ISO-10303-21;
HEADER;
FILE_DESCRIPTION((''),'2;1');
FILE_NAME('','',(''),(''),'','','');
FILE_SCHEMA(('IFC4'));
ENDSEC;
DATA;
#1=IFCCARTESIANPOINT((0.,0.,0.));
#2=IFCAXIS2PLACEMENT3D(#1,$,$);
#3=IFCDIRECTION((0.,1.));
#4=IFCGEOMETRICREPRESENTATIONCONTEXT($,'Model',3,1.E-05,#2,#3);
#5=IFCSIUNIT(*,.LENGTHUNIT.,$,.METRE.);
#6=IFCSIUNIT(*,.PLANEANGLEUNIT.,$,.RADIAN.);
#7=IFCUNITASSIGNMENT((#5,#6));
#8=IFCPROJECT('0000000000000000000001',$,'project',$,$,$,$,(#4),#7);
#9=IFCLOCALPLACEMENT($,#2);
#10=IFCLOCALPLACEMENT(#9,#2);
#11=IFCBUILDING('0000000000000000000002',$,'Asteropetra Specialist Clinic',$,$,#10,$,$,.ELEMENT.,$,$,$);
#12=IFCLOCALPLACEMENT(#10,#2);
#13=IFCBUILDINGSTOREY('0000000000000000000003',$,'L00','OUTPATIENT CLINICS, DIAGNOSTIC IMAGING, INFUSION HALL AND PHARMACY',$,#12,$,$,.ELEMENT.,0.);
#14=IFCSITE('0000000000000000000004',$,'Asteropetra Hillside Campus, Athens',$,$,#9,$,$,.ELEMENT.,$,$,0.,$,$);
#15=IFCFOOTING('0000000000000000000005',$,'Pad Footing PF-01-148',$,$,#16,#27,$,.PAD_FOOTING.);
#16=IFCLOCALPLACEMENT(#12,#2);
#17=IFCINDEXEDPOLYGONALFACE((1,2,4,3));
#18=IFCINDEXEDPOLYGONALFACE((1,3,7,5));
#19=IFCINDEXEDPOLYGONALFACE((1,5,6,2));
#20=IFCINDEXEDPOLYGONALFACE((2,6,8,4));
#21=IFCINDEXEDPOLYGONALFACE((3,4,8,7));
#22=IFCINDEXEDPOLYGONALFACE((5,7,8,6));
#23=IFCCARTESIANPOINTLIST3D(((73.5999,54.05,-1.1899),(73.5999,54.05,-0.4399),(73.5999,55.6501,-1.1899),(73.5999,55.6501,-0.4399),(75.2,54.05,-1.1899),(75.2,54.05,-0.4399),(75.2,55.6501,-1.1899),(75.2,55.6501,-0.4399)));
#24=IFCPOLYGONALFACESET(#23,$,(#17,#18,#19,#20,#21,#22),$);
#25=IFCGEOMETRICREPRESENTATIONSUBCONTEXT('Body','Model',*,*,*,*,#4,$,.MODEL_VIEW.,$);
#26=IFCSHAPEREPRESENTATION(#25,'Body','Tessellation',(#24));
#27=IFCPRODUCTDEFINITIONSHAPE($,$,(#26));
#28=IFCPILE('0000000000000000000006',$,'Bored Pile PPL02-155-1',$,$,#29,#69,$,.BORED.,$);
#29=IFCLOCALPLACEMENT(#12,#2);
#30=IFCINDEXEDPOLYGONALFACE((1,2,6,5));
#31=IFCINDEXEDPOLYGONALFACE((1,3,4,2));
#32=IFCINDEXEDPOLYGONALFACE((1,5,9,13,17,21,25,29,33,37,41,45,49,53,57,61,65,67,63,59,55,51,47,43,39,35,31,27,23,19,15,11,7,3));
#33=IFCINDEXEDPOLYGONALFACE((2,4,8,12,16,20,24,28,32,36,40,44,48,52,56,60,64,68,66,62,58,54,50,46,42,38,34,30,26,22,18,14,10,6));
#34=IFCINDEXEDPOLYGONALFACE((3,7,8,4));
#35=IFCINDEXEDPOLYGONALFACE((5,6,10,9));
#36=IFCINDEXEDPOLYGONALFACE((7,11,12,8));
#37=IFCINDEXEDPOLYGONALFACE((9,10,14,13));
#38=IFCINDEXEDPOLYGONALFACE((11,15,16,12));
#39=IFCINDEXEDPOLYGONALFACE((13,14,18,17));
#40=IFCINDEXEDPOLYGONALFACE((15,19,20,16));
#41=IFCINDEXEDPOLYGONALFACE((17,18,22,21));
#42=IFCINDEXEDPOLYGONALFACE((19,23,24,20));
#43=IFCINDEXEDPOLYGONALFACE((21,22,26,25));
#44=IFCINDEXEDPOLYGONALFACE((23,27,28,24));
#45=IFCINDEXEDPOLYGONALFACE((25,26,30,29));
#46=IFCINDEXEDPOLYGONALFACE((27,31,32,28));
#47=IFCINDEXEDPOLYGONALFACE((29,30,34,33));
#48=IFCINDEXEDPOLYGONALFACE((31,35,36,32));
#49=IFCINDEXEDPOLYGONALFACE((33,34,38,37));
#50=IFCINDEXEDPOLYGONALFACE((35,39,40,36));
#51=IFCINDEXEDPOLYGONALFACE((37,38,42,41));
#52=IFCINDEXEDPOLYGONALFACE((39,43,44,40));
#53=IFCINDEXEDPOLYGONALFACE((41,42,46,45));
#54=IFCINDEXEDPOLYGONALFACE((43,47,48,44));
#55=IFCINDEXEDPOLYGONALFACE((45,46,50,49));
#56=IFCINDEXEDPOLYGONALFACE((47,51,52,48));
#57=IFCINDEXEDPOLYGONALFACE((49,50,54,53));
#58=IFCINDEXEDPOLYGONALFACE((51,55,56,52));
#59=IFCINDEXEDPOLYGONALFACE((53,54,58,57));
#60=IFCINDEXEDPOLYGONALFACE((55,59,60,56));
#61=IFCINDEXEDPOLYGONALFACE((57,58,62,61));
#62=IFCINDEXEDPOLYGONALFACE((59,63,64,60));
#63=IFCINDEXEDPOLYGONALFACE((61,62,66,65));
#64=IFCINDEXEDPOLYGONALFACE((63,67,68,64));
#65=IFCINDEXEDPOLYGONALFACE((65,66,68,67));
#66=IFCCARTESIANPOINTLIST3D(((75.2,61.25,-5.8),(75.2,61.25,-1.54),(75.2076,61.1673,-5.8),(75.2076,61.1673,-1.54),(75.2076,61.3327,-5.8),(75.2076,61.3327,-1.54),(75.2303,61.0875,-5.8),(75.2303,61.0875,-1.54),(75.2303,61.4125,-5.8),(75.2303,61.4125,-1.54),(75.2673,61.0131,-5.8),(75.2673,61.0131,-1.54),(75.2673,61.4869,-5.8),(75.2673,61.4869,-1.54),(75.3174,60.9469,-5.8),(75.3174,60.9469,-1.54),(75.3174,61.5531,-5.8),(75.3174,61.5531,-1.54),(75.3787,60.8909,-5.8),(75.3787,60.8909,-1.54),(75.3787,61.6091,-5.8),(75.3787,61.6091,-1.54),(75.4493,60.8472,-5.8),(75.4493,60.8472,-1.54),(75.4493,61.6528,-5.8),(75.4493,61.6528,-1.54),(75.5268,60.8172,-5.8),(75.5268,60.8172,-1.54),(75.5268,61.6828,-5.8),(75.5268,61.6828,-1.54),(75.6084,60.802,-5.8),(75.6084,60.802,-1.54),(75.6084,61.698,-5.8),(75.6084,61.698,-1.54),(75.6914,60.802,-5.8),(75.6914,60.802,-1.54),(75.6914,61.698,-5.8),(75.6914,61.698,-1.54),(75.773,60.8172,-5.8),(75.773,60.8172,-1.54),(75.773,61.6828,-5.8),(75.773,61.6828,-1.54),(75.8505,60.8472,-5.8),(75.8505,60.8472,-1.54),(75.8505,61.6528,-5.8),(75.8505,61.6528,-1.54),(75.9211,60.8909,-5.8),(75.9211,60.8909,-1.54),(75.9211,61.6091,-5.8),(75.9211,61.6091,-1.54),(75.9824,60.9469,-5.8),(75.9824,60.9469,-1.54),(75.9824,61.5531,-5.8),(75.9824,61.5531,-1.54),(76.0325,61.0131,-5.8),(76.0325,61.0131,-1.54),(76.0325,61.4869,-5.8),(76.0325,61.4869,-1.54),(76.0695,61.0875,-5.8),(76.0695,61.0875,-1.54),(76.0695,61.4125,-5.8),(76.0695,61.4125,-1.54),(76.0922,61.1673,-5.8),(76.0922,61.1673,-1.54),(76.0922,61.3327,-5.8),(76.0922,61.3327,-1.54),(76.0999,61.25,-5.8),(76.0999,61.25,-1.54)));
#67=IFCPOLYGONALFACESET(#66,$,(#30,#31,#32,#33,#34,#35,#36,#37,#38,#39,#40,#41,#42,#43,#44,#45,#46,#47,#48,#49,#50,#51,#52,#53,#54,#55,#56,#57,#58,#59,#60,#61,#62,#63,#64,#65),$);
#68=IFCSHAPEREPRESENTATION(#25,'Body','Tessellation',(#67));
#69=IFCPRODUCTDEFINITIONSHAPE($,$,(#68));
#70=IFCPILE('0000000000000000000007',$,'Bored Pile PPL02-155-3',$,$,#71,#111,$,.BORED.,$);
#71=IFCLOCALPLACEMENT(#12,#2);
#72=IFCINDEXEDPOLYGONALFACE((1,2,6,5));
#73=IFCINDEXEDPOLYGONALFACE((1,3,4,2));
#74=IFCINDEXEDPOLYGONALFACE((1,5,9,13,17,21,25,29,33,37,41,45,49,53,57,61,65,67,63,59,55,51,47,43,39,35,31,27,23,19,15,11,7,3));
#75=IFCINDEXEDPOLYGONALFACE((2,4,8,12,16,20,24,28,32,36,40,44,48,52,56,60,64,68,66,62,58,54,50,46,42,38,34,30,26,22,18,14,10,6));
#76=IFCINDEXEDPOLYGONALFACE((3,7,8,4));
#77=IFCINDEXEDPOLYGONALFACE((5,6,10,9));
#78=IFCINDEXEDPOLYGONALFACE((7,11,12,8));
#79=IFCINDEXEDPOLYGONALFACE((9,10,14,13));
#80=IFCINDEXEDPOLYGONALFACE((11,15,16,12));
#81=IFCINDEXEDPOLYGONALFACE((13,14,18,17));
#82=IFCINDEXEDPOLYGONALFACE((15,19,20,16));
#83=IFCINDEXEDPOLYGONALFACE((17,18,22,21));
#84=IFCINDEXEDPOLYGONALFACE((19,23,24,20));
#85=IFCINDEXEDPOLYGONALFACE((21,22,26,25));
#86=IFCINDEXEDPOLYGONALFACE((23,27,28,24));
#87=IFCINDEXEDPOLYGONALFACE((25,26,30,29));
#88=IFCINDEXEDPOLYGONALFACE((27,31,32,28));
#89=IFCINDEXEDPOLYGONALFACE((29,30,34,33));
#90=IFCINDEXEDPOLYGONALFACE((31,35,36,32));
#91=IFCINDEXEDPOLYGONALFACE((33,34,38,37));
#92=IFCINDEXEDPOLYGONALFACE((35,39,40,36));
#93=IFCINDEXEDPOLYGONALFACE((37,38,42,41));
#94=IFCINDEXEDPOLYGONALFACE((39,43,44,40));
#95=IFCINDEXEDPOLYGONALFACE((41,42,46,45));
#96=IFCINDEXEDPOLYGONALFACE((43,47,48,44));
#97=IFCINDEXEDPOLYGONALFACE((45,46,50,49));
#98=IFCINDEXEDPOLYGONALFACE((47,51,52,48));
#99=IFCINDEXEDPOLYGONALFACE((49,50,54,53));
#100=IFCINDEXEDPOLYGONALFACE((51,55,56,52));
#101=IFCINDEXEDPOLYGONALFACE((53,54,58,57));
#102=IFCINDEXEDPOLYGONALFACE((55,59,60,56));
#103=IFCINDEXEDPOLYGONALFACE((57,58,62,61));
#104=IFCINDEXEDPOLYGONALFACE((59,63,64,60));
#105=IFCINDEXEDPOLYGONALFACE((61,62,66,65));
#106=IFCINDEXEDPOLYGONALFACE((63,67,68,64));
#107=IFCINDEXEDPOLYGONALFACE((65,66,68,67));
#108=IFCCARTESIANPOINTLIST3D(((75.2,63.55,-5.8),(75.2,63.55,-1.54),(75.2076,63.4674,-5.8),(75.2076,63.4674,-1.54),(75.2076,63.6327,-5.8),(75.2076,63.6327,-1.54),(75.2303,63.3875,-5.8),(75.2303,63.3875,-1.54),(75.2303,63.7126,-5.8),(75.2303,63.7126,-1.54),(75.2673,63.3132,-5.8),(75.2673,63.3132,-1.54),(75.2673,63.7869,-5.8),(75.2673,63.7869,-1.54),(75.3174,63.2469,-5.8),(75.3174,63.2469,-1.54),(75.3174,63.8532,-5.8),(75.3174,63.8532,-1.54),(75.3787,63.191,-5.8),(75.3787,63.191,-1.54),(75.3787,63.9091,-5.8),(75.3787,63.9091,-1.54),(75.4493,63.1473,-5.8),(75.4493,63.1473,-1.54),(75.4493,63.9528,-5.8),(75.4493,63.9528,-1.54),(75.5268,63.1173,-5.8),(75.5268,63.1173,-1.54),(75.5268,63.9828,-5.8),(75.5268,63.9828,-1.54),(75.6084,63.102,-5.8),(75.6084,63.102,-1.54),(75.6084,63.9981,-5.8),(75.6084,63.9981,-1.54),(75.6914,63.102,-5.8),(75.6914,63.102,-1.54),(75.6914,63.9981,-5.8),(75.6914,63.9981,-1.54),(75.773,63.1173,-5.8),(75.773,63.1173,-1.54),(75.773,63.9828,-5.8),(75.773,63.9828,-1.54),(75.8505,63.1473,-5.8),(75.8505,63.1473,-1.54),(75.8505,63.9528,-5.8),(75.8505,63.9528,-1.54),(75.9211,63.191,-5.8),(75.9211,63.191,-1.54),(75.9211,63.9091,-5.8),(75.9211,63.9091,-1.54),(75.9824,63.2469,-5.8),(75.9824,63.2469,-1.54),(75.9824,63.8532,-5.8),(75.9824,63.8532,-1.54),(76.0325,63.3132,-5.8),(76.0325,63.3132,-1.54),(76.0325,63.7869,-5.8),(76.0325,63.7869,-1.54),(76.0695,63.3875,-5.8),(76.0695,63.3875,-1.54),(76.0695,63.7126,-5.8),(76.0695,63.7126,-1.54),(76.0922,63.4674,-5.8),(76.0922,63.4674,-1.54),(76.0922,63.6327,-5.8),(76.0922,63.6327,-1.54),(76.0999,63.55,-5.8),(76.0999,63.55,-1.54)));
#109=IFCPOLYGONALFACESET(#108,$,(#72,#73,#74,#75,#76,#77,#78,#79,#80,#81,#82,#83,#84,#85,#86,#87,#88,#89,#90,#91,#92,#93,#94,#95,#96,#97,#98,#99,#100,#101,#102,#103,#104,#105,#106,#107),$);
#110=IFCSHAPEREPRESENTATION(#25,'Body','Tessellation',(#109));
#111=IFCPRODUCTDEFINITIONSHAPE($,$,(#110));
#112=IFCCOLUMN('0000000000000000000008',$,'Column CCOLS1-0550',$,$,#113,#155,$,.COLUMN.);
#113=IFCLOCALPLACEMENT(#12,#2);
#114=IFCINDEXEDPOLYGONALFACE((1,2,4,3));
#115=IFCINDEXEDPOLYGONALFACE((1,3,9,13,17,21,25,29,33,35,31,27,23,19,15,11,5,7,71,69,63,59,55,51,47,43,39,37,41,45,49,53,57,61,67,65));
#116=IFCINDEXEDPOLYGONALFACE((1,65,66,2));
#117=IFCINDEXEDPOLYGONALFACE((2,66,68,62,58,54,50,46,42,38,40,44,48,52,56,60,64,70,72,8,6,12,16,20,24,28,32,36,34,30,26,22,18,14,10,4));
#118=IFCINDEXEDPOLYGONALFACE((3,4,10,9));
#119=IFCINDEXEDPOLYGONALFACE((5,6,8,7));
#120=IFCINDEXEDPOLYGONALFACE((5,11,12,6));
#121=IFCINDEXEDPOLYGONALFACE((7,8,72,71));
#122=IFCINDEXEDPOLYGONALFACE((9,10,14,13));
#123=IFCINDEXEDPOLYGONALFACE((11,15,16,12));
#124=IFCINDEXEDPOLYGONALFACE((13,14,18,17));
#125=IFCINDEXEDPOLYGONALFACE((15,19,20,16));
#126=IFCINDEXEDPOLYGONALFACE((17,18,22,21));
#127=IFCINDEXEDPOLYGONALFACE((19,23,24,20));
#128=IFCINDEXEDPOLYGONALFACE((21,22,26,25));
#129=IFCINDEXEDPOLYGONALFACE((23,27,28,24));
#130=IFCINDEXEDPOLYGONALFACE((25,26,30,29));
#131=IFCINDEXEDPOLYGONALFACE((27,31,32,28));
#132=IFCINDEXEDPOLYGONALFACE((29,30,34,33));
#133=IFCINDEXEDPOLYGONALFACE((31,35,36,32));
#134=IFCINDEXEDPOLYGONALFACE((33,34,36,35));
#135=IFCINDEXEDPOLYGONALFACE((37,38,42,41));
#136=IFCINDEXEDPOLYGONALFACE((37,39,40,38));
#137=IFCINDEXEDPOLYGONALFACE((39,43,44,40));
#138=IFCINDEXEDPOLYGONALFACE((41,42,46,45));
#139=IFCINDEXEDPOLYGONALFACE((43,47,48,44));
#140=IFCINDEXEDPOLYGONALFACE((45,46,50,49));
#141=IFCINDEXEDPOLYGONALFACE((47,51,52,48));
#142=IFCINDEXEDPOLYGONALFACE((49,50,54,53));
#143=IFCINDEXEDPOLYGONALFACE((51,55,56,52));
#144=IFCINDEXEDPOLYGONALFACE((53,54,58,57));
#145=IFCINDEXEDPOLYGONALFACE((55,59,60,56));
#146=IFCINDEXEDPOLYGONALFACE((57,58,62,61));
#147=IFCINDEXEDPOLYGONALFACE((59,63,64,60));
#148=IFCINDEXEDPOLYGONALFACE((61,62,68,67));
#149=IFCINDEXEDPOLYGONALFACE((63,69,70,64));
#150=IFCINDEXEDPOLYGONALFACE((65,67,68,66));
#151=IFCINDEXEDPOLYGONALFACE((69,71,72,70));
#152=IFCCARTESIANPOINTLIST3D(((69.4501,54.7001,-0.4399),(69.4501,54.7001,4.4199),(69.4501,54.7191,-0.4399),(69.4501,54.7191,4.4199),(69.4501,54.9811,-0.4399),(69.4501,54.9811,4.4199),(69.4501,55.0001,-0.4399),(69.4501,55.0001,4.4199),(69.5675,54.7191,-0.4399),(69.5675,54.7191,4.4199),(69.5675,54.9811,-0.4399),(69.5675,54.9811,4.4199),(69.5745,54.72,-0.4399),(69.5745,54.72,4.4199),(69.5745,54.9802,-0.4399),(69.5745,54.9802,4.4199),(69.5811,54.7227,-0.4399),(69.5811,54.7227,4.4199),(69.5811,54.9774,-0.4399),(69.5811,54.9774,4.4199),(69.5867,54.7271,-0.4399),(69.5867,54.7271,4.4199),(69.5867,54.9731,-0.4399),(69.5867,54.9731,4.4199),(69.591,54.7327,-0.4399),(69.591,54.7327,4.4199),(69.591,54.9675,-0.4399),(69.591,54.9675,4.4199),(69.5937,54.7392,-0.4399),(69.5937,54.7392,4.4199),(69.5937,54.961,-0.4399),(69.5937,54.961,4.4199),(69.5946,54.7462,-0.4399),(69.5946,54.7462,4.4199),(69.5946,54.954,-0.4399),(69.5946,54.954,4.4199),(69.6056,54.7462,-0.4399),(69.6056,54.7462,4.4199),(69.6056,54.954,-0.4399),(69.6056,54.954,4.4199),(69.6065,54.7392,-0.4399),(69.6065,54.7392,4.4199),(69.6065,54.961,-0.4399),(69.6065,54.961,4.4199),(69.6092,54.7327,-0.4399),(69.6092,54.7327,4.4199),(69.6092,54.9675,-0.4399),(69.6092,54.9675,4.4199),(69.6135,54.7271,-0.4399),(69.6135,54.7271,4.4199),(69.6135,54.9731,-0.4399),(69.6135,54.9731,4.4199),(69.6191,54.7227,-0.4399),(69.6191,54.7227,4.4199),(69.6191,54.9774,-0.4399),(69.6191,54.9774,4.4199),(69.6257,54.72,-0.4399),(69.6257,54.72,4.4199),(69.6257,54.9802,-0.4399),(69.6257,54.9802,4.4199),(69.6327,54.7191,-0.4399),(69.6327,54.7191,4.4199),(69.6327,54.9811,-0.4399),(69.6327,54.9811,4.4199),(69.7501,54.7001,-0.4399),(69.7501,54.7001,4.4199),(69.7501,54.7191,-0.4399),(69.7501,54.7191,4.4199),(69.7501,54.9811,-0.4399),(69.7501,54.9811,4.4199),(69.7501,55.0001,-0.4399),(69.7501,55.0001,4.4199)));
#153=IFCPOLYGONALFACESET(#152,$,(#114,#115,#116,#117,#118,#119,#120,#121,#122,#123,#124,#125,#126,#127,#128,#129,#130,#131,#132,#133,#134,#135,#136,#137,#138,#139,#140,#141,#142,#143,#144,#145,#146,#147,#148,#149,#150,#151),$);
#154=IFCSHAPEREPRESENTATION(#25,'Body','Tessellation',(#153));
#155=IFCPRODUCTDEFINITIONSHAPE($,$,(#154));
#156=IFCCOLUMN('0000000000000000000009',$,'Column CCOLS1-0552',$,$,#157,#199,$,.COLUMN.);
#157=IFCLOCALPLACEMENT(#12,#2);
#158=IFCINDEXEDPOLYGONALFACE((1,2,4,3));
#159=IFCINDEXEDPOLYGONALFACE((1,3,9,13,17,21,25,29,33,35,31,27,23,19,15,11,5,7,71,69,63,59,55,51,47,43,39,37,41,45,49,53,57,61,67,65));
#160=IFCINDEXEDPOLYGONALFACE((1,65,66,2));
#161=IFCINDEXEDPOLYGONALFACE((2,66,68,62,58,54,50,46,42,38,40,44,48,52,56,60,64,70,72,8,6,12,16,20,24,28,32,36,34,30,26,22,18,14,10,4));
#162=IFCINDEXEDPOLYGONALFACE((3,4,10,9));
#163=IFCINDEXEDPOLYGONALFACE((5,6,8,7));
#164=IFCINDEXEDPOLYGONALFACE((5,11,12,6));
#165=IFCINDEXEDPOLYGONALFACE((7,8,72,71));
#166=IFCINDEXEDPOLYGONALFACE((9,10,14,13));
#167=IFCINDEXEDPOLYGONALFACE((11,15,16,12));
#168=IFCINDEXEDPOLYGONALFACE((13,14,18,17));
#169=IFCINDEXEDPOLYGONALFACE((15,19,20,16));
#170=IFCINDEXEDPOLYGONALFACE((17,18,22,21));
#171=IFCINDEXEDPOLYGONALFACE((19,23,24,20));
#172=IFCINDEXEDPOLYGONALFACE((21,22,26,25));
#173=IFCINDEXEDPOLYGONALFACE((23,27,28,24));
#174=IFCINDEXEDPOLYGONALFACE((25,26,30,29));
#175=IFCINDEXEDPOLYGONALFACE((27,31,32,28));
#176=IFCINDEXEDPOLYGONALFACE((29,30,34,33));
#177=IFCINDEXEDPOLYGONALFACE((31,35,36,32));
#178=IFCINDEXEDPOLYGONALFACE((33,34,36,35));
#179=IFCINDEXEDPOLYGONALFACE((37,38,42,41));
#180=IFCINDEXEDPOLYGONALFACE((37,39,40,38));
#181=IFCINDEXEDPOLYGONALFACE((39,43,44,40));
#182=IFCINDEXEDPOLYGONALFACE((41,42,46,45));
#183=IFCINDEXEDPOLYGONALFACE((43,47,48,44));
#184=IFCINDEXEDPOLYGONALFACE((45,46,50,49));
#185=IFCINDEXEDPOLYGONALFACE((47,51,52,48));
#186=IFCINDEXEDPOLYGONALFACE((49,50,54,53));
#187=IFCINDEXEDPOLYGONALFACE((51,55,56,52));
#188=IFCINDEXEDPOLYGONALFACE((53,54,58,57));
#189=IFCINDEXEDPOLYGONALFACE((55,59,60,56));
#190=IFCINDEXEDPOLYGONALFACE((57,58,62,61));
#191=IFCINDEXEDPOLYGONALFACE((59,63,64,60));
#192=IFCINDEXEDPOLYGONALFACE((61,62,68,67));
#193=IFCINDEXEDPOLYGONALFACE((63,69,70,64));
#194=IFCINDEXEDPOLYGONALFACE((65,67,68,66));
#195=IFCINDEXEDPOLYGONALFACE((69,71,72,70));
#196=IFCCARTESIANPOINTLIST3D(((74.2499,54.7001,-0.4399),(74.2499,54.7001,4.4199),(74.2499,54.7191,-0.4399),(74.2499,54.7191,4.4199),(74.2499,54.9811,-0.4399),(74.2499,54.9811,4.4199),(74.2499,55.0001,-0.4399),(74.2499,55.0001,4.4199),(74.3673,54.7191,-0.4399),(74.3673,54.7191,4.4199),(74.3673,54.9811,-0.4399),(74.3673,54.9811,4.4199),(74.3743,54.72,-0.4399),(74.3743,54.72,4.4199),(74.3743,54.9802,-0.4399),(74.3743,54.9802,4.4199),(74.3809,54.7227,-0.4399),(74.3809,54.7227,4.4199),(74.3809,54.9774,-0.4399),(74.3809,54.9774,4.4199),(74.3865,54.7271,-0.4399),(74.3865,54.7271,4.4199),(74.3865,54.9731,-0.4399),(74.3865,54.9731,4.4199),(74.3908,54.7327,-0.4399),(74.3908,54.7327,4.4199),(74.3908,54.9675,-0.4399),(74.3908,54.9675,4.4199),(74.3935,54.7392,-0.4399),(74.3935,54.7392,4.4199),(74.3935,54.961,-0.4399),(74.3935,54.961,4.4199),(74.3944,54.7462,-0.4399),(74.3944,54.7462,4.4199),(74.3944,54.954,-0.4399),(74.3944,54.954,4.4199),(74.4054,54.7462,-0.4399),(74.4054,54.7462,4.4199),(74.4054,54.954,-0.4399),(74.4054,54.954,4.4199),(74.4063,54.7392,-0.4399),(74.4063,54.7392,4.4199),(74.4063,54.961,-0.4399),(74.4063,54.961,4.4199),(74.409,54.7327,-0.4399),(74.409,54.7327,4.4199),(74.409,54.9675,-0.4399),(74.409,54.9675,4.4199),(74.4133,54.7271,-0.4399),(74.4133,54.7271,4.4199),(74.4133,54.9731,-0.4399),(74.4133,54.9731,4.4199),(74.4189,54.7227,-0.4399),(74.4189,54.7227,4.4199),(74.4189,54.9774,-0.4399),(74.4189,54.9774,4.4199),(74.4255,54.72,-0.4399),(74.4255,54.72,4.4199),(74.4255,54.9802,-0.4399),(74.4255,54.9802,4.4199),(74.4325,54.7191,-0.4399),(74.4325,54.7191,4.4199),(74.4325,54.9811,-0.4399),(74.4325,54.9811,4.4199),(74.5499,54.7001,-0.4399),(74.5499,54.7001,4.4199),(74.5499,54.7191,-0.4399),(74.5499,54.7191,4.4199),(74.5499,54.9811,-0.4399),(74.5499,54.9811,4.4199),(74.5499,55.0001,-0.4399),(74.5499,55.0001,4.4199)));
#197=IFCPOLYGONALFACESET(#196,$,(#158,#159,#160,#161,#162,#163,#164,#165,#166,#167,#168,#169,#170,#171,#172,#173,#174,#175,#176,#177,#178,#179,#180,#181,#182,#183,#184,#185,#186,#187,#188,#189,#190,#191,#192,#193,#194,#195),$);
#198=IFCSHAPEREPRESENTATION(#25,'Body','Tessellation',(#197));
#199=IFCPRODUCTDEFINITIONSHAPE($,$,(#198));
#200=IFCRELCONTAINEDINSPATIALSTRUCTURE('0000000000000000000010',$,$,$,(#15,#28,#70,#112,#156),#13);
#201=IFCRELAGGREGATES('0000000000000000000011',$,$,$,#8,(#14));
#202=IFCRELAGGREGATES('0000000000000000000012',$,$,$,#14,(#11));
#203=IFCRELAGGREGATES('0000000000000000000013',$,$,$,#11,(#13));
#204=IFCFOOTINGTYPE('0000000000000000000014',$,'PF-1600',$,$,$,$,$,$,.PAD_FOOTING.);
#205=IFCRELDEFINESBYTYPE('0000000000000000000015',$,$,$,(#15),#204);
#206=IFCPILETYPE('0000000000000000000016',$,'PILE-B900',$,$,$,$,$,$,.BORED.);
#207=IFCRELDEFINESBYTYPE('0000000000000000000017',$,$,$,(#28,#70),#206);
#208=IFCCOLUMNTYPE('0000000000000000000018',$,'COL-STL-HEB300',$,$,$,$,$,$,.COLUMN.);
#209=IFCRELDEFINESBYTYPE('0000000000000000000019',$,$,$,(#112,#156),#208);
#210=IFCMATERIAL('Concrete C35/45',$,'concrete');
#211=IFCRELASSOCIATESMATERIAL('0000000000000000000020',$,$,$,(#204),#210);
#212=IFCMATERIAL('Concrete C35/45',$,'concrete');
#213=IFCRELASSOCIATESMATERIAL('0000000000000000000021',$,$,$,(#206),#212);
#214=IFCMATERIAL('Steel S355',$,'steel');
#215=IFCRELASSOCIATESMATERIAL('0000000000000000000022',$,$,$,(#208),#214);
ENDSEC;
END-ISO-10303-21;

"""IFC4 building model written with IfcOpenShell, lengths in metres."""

from ifc_helpers import new_model, si_unit, direction, frame, origin, origin_2d, place, context, subcontext, project, spatial, rectangle, circle, i_section, extrude, material, material_profile, profile_set, type_object, element, save


model = new_model("IFC4")

# Units and contexts
model_context = context("Model", 3, precision=1e-05, world=origin(), true_north=direction((0.0, 1.0)))
body_context = subcontext(model_context, "Body", "Model", "MODEL_VIEW")
ifc_project = project(units=[si_unit("LENGTHUNIT", "METRE"), si_unit("PLANEANGLEUNIT", "RADIAN")], contexts=[model_context])

# Site, building, storey
site_placement = place(None, origin())
site = spatial("IfcSite", under=ifc_project, at=site_placement, Name="Asteropetra Hillside Campus, Athens", CompositionType="ELEMENT", RefElevation=0.0)
building_placement = place(site_placement, origin())
building = spatial("IfcBuilding", under=site, at=building_placement, Name="Asteropetra Specialist Clinic", CompositionType="ELEMENT")
storey_placement = place(building_placement, origin())
storey = spatial("IfcBuildingStorey", under=building, at=storey_placement, Name="L00", Description="OUTPATIENT CLINICS, DIAGNOSTIC IMAGING, INFUSION HALL AND PHARMACY", CompositionType="ELEMENT", Elevation=0.0)

# Footing
ifc_material_1 = material(Name="Concrete C35/45", Category="concrete")
footing_type = type_object("IfcFootingType", Name="PF-1600", PredefinedType="PAD_FOOTING", material=ifc_material_1)
footing_placement = place(storey_placement, frame((74.3999, 54.8501, -1.1899), z_axis=(0.0, 0.0, 1.0), x_axis=(1.0, 0.0, 0.0)))
element("IfcFooting", 1, at=footing_placement, inside=storey, type_object=footing_type, Name="Pad Footing PF-01-148", PredefinedType="PAD_FOOTING", context=body_context, shape_type="SweptSolid", body=[
    extrude(rectangle(XDim=1.6001, YDim=1.6001, at=origin_2d()), origin(), (0.0, 0.0, 1.0), 0.75),
])

# Piles
ifc_material_2 = material(Name="Concrete C35/45", Category="concrete")
ifc_material_profile_1 = material_profile(ifc_material_2, circle(Radius=0.45, at=origin_2d()), Name="PILE D900")
ifc_profile_set_1 = profile_set([ifc_material_profile_1], Name="Concrete C35/45")
pile_type = type_object("IfcPileType", Name="PILE-B900", PredefinedType="BORED", material=ifc_profile_set_1)
for number, where, z_axis, x_axis, name in (
    (2, (75.6499, 61.25, -1.54), (0.0, 0.0, -1.0), (1.0, 0.0, 0.0), "Bored Pile PPL02-155-1"),
    (3, (75.6499, 63.55, -1.54), (0.0, 0.0, -1.0), (1.0, 0.0, 0.0), "Bored Pile PPL02-155-3"),
):
    element("IfcPile", number, at=place(storey_placement, frame(where, z_axis=z_axis, x_axis=x_axis)), inside=storey, type_object=pile_type, Name=name, PredefinedType="BORED", context=body_context, shape_type="SweptSolid", body=[
        extrude(circle(Radius=0.45, at=origin_2d()), origin(), (0.0, 0.0, 1.0), 4.26),
    ])

# Columns
ifc_material_3 = material(Name="Steel S355", Category="steel")
ifc_material_profile_2 = material_profile(ifc_material_3, i_section(OverallWidth=0.3, OverallDepth=0.3, WebThickness=0.011, FlangeThickness=0.019, FilletRadius=0.0271, at=origin_2d()), Name="HEB 300")
ifc_profile_set_2 = profile_set([ifc_material_profile_2], Name="Steel S355")
column_type = type_object("IfcColumnType", Name="COL-STL-HEB300", PredefinedType="COLUMN", material=ifc_profile_set_2)
for number, where, z_axis, x_axis, name in (
    (4, (69.6001, 54.8501, -0.4399), (0.0, 0.0, 1.0), (1.0, 0.0, 0.0), "Column CCOLS1-0550"),
    (5, (74.3999, 54.8501, -0.4399), (0.0, 0.0, 1.0), (1.0, 0.0, 0.0), "Column CCOLS1-0552"),
):
    element("IfcColumn", number, at=place(storey_placement, frame(where, z_axis=z_axis, x_axis=x_axis)), inside=storey, type_object=column_type, Name=name, PredefinedType="COLUMN", context=body_context, shape_type="SweptSolid", body=[
        extrude(i_section(OverallWidth=0.3, OverallDepth=0.3, WebThickness=0.011, FlangeThickness=0.019, FilletRadius=0.0271, at=origin_2d()), origin(), (0.0, 0.0, 1.0), 4.8599),
    ])

save(model, "model.ifc")
